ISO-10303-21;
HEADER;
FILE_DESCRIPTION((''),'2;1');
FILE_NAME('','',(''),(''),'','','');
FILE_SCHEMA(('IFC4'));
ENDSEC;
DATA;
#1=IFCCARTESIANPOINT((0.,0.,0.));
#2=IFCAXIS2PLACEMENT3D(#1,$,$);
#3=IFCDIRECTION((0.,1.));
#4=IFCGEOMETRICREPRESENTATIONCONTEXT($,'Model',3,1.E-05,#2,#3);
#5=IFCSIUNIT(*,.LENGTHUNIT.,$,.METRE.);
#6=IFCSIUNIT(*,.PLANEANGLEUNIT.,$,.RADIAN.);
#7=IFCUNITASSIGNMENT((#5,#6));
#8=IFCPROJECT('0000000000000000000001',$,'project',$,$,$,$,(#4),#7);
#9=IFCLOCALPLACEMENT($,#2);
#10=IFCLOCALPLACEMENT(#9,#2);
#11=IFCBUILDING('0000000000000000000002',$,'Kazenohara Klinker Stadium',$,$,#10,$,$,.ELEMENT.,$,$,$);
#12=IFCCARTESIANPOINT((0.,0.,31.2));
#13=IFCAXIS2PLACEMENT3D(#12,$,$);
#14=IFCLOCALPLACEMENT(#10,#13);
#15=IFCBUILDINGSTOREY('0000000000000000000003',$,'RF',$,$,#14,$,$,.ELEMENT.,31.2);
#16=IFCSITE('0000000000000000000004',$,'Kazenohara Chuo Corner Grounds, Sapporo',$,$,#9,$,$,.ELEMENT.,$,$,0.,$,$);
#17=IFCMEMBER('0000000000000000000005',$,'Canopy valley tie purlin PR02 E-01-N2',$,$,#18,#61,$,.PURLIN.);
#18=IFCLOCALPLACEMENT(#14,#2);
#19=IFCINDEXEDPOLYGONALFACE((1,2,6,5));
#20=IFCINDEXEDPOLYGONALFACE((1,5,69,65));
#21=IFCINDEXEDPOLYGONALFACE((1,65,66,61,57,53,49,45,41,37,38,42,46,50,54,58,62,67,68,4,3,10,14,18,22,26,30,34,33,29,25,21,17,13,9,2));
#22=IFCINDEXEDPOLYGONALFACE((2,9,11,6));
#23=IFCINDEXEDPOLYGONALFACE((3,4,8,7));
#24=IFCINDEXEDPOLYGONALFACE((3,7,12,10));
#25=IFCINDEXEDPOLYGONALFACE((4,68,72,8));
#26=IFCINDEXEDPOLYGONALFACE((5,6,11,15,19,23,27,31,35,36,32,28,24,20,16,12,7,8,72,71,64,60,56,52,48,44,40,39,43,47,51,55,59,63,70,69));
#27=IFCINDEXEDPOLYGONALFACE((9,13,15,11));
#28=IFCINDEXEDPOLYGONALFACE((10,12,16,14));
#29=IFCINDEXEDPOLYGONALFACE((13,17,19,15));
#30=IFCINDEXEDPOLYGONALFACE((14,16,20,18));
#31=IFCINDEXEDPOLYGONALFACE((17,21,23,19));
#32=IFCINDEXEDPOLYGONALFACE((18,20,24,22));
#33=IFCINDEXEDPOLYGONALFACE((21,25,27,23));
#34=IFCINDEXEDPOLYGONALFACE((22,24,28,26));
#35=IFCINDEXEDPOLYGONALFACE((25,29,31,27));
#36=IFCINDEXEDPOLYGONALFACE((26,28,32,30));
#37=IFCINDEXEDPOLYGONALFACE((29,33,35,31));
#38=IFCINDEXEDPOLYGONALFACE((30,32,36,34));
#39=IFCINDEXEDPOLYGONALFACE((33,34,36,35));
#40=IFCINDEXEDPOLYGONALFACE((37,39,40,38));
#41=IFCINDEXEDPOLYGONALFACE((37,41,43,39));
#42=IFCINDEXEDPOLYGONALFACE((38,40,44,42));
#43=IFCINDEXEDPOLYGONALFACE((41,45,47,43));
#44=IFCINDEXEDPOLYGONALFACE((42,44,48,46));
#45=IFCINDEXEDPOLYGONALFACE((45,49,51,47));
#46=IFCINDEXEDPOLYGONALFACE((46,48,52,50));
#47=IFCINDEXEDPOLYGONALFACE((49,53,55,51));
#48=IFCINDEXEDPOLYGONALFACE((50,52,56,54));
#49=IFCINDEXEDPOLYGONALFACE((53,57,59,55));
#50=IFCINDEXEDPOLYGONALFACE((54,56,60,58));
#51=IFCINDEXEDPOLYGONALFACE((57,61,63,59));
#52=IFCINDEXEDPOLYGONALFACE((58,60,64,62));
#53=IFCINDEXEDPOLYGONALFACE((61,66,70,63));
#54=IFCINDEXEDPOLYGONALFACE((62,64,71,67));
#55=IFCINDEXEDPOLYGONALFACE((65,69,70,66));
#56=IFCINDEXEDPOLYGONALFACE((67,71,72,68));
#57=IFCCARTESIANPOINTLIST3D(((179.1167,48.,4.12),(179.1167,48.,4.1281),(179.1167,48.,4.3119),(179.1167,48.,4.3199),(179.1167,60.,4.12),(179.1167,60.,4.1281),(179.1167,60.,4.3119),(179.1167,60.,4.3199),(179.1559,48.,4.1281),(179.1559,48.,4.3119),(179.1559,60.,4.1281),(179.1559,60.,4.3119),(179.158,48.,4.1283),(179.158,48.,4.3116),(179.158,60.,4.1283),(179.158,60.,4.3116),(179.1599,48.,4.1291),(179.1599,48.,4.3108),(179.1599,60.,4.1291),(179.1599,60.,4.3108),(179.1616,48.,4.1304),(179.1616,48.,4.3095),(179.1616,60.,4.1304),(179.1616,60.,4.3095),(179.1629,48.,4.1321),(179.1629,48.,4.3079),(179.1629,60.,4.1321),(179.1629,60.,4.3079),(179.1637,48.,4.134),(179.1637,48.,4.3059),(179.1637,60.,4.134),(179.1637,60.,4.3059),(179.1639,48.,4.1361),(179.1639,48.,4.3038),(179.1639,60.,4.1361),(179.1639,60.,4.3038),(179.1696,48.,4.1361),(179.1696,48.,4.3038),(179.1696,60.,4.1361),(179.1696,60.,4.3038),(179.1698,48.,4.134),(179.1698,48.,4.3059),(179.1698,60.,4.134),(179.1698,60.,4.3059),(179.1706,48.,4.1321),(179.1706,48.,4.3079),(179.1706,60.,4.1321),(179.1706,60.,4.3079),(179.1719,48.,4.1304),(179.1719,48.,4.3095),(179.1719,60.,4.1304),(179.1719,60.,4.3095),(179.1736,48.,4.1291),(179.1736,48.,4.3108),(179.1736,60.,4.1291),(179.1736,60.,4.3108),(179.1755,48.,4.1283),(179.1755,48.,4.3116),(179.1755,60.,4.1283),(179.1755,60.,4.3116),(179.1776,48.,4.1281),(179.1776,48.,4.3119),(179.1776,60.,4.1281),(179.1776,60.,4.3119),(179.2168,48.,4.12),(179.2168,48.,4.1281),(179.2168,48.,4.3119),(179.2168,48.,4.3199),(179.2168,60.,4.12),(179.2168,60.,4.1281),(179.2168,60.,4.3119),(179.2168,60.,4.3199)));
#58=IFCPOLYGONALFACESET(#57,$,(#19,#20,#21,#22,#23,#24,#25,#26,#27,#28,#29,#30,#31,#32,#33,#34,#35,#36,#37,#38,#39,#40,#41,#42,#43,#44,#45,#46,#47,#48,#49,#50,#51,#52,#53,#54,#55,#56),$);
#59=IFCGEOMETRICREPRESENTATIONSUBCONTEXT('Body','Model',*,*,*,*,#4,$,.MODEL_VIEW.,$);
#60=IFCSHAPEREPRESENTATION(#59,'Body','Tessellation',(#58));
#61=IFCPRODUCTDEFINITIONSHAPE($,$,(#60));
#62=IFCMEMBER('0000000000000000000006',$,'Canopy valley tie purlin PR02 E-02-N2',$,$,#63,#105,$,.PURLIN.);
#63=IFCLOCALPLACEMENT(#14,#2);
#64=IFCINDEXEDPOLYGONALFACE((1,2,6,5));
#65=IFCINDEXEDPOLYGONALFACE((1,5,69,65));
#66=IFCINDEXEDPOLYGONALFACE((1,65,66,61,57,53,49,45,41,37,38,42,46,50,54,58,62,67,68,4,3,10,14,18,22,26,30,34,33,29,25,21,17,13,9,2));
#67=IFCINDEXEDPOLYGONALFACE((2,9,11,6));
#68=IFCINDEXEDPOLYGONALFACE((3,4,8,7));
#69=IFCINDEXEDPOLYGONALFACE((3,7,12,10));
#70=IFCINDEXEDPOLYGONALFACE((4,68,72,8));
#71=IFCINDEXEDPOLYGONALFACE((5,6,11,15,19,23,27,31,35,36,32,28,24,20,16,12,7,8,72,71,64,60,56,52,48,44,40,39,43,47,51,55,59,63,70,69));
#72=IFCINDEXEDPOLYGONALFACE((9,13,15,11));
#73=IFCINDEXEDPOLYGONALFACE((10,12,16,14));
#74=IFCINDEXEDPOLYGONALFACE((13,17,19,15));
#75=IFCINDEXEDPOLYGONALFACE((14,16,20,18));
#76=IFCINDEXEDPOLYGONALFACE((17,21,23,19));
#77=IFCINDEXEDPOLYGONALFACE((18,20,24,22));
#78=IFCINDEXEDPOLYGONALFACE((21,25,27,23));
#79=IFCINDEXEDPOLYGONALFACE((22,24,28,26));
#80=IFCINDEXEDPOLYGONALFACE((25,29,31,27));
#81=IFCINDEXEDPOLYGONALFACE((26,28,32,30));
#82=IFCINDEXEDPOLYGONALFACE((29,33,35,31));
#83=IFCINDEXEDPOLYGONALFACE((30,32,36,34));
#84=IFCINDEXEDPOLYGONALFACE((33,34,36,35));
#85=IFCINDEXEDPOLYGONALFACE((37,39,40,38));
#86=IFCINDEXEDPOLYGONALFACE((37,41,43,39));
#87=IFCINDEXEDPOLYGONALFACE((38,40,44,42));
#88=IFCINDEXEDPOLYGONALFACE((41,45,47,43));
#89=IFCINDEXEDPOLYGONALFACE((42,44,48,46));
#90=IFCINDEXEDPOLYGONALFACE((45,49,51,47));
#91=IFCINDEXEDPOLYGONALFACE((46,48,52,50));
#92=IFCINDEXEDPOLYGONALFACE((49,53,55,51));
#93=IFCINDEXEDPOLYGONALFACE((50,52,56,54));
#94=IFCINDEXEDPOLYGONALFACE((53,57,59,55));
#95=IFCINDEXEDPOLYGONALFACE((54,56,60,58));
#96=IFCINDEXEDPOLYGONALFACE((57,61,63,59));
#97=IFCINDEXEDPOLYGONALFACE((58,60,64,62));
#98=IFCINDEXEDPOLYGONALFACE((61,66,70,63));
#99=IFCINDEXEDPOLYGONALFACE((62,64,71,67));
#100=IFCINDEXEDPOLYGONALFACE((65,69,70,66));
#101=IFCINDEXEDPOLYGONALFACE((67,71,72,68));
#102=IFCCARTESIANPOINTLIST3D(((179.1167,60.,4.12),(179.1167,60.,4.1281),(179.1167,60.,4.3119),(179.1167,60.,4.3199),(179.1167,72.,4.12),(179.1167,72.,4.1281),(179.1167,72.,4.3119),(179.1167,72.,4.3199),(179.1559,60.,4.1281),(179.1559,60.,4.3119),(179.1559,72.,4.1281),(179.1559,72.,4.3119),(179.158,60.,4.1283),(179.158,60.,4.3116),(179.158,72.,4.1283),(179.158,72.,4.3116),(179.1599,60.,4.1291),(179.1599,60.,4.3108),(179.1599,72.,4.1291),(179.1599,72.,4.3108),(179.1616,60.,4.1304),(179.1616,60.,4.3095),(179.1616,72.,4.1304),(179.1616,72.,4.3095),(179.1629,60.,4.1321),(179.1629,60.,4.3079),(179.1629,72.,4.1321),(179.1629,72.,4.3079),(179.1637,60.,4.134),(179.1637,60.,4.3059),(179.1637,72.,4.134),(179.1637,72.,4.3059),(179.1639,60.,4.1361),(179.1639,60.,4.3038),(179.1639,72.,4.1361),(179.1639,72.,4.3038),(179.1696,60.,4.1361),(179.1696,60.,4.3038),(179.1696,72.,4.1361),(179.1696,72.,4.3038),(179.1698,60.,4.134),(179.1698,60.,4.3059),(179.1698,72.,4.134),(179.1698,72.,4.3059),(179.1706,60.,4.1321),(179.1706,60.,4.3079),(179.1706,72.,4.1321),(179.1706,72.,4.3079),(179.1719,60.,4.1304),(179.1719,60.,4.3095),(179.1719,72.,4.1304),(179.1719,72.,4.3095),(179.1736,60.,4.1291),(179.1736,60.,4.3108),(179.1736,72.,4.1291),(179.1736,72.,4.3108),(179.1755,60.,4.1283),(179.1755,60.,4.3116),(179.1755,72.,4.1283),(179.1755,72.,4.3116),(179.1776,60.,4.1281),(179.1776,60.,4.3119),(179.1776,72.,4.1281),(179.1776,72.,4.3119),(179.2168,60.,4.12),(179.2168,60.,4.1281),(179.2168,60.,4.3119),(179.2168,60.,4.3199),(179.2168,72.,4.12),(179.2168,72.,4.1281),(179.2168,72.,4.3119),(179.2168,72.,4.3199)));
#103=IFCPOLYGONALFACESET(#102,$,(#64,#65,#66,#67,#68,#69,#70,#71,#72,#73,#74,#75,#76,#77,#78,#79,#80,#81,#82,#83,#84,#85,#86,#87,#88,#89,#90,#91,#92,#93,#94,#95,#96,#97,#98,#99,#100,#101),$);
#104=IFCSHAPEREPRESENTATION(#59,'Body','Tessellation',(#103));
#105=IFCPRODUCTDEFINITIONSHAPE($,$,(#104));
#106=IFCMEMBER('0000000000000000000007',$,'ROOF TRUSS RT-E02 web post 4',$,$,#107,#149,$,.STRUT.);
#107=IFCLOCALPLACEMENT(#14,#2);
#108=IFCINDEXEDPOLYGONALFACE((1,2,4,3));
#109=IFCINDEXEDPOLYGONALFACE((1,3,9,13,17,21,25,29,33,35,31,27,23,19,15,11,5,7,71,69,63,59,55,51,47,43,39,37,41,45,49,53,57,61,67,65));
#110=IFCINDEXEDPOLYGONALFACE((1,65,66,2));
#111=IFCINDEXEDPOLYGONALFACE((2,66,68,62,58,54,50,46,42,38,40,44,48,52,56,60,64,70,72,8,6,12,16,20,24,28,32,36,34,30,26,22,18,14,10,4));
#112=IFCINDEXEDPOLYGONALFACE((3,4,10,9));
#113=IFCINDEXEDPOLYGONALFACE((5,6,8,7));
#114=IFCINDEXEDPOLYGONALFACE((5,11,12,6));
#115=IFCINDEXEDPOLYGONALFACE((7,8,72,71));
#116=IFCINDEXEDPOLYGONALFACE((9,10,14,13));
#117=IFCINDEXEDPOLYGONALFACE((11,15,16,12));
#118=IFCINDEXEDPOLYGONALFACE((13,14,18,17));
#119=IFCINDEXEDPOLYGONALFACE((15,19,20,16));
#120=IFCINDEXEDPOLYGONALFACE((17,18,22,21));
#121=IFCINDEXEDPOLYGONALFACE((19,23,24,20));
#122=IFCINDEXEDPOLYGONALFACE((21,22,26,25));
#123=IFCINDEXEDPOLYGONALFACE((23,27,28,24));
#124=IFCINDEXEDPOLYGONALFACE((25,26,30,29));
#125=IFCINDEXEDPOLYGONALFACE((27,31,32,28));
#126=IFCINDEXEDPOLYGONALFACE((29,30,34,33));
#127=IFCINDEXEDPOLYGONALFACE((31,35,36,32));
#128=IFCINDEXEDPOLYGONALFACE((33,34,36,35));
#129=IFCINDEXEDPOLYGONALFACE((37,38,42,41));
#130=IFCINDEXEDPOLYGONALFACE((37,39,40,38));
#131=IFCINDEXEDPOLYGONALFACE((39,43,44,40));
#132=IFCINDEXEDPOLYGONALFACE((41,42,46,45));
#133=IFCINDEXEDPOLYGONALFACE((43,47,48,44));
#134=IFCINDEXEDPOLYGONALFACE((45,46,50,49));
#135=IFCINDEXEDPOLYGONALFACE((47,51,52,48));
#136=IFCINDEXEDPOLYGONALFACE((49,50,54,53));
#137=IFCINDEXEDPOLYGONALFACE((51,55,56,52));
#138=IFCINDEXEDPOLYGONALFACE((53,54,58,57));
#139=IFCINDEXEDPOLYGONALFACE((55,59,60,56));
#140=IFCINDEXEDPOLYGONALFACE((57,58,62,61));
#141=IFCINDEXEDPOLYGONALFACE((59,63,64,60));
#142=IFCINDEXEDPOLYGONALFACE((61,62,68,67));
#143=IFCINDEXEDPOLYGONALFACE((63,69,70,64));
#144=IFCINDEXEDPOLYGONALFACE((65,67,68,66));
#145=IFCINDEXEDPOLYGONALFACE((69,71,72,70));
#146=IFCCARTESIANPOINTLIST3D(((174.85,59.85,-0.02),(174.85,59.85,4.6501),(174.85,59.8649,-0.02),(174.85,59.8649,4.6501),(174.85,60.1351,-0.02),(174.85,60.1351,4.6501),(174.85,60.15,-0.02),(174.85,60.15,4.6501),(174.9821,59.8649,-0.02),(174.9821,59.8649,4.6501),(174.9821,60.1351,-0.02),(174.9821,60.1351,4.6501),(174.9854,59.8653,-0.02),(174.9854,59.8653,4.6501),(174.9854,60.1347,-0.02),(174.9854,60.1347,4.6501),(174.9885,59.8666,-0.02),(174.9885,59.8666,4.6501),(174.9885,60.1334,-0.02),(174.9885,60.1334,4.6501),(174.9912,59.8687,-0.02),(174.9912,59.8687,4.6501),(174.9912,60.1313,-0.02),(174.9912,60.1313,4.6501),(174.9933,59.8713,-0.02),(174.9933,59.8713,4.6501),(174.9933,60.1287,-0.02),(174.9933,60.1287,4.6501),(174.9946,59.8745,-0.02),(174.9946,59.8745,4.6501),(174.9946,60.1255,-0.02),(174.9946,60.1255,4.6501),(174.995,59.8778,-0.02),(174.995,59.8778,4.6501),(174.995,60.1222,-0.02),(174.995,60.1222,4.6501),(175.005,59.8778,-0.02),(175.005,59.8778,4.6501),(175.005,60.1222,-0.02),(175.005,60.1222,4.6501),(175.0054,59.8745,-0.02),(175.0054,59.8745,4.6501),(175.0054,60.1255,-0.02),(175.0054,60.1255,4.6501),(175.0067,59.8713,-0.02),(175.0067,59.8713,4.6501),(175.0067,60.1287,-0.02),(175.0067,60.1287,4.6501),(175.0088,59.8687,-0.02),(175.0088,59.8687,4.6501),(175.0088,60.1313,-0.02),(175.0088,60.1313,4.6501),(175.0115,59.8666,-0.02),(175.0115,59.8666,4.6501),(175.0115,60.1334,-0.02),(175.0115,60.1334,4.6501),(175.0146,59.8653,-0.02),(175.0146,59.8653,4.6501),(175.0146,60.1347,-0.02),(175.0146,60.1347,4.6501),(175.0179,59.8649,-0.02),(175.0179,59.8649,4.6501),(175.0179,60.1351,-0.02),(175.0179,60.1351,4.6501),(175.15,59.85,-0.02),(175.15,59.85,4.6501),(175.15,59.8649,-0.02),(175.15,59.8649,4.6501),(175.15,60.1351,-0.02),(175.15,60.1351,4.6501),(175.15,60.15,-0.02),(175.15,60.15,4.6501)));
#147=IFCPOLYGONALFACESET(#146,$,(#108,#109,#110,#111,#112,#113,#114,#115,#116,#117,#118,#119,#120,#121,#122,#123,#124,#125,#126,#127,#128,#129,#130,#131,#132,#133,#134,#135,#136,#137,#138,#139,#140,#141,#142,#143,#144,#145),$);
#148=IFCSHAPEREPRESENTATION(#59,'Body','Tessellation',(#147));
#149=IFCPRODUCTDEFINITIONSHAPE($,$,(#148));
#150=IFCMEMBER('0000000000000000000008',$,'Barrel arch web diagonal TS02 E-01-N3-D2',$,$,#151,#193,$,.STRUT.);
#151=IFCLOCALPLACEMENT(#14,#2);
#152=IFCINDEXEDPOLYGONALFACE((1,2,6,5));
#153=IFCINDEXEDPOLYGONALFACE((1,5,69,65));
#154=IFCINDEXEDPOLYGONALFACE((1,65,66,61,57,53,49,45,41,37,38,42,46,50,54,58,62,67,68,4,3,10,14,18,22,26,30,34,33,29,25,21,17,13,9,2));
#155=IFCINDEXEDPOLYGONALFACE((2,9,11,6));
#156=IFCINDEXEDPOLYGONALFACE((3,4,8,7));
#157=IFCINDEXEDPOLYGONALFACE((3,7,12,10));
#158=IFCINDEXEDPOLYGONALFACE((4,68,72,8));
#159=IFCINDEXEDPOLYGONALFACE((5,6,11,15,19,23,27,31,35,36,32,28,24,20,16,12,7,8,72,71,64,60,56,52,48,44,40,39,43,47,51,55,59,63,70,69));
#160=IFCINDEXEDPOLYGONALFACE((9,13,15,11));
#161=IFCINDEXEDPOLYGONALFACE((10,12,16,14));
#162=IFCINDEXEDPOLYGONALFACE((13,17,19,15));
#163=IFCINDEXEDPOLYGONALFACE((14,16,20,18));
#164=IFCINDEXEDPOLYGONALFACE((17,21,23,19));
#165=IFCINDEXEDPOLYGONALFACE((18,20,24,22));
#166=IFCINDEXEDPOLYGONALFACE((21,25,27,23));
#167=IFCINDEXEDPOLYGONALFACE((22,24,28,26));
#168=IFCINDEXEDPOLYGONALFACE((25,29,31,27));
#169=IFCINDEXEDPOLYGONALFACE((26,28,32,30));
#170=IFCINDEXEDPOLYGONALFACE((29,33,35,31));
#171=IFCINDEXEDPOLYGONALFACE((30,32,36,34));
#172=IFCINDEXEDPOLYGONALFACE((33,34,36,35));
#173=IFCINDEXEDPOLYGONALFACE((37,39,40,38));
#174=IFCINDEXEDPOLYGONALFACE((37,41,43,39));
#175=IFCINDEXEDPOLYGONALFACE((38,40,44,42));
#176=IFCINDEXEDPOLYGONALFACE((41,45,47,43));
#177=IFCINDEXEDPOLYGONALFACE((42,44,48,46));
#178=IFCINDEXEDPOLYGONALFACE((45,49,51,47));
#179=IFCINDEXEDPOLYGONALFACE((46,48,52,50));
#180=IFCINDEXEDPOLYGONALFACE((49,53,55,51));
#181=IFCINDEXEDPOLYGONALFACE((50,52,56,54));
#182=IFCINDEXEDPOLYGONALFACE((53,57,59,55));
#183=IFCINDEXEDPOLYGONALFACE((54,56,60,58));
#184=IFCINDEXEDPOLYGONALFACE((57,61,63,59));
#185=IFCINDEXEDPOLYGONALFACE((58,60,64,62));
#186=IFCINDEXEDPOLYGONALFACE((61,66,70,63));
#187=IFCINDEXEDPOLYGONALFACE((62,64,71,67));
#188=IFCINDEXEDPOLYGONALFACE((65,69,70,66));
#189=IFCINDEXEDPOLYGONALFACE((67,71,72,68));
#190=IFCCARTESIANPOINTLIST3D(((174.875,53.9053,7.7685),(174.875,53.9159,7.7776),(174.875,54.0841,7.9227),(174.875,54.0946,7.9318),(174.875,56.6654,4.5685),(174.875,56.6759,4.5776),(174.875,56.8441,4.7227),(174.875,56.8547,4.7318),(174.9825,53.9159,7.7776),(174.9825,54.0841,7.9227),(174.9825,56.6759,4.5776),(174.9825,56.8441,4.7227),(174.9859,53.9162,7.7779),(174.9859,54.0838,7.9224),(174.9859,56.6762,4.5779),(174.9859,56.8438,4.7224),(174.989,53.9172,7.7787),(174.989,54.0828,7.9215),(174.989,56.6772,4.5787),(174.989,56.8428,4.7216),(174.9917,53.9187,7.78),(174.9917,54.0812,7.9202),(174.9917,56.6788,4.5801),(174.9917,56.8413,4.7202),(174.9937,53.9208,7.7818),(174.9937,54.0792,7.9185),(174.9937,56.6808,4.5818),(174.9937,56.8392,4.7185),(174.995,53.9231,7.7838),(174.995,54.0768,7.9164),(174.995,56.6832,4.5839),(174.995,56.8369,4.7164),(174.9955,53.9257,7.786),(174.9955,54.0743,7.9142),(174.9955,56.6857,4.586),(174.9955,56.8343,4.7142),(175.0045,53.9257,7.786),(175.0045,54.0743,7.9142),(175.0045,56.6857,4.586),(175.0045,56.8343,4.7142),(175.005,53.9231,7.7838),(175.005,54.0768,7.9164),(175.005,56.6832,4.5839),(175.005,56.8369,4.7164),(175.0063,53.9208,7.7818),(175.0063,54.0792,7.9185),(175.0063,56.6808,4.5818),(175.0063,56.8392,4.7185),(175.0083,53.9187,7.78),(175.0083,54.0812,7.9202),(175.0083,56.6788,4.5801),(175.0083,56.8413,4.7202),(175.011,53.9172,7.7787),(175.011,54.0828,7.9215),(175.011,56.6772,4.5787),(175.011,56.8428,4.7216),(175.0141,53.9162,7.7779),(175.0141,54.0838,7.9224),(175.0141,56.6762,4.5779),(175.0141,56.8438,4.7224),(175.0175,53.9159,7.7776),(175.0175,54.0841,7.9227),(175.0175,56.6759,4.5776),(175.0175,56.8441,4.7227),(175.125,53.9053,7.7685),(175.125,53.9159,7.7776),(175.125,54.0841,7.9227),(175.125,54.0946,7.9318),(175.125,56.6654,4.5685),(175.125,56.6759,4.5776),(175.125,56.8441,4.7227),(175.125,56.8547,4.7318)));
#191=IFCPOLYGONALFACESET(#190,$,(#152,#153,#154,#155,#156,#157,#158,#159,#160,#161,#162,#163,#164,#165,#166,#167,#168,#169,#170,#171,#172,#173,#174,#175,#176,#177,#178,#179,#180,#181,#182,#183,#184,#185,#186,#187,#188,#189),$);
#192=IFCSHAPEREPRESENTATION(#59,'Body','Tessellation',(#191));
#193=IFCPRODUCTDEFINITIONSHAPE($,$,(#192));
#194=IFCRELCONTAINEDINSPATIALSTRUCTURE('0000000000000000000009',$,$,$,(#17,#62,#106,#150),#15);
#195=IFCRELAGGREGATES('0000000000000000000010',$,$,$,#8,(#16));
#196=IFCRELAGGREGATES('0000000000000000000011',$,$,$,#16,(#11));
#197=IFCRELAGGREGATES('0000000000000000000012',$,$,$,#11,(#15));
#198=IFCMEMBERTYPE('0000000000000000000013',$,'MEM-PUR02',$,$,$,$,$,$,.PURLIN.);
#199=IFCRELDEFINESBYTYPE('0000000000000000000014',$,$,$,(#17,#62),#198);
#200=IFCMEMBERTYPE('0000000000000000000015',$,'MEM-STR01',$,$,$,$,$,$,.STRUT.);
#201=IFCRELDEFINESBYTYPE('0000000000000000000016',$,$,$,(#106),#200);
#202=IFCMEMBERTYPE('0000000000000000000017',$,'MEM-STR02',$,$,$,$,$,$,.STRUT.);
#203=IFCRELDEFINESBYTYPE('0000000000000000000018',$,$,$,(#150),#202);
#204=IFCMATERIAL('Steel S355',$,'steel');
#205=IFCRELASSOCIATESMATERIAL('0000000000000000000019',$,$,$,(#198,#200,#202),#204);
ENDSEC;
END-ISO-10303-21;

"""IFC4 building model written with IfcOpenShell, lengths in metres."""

from ifc_helpers import new_model, si_unit, direction, frame, origin, origin_2d, place, context, subcontext, project, spatial, i_section, extrude, material, material_profile, profile_set, type_object, element, save


model = new_model("IFC4")

# Units and contexts
model_context = context("Model", 3, precision=1e-05, world=origin(), true_north=direction((0.0, 1.0)))
body_context = subcontext(model_context, "Body", "Model", "MODEL_VIEW")
ifc_project = project(units=[si_unit("LENGTHUNIT", "METRE"), si_unit("PLANEANGLEUNIT", "RADIAN")], contexts=[model_context])

# Site, building, storey
site_placement = place(None, origin())
site = spatial("IfcSite", under=ifc_project, at=site_placement, Name="Kazenohara Chuo Corner Grounds, Sapporo", CompositionType="ELEMENT", RefElevation=0.0)
building_placement = place(site_placement, origin())
building = spatial("IfcBuilding", under=site, at=building_placement, Name="Kazenohara Klinker Stadium", CompositionType="ELEMENT")
storey_placement = place(building_placement, frame((0.0, 0.0, 31.2)))
storey = spatial("IfcBuildingStorey", under=building, at=storey_placement, Name="RF", CompositionType="ELEMENT", Elevation=31.2)

# Members
ifc_material_1 = material(Name="Steel S355", Category="steel")
ifc_material_profile_1 = material_profile(ifc_material_1, i_section(OverallWidth=0.1001, OverallDepth=0.2, WebThickness=0.0056, FlangeThickness=0.0081, FilletRadius=0.0081, at=origin_2d()), Name="H-200x100x5.5x8")
ifc_profile_set_1 = profile_set([ifc_material_profile_1], Name="Steel S355")
member_type_1 = type_object("IfcMemberType", Name="MEM-PUR02", PredefinedType="PURLIN", material=ifc_profile_set_1)
for number, where, z_axis, x_axis, name in (
    (1, (179.1667, 48.0, 4.22), (0.0, 1.0, 0.0), (-1.0, 0.0, 0.0), "Canopy valley tie purlin PR02 E-01-N2"),
    (2, (179.1667, 60.0, 4.22), (0.0, 1.0, 0.0), (-1.0, 0.0, 0.0), "Canopy valley tie purlin PR02 E-02-N2"),
):
    element("IfcMember", number, at=place(storey_placement, frame(where, z_axis=z_axis, x_axis=x_axis)), inside=storey, type_object=member_type_1, Name=name, PredefinedType="PURLIN", context=body_context, shape_type="SweptSolid", body=[
        extrude(i_section(OverallWidth=0.1001, OverallDepth=0.2, WebThickness=0.0056, FlangeThickness=0.0081, FilletRadius=0.0081, at=origin_2d()), origin(), (0.0, 0.0, 1.0), 12.0),
    ])
ifc_material_profile_2 = material_profile(ifc_material_1, i_section(OverallWidth=0.3, OverallDepth=0.3, WebThickness=0.01, FlangeThickness=0.0149, FilletRadius=0.0129, at=origin_2d()), Name="H-300x300x10x15")
ifc_profile_set_2 = profile_set([ifc_material_profile_2], Name="Steel S355")
member_type_2 = type_object("IfcMemberType", Name="MEM-STR01", PredefinedType="STRUT", material=ifc_profile_set_2)
member_1_placement = place(storey_placement, frame((175.0, 60.0, -0.02), z_axis=(0.0, 0.0, 1.0), x_axis=(1.0, 0.0, 0.0)))
element("IfcMember", 3, at=member_1_placement, inside=storey, type_object=member_type_2, Name="ROOF TRUSS RT-E02 web post 4", PredefinedType="STRUT", context=body_context, shape_type="SweptSolid", body=[
    extrude(i_section(OverallWidth=0.3, OverallDepth=0.3, WebThickness=0.01, FlangeThickness=0.0149, FilletRadius=0.0129, at=origin_2d()), origin(), (0.0, 0.0, 1.0), 4.6702),
])
ifc_material_profile_3 = material_profile(ifc_material_1, i_section(OverallWidth=0.25, OverallDepth=0.25, WebThickness=0.009, FlangeThickness=0.0139, FilletRadius=0.0129, at=origin_2d()), Name="H-250x250x9x14")
ifc_profile_set_3 = profile_set([ifc_material_profile_3], Name="Steel S355")
member_type_3 = type_object("IfcMemberType", Name="MEM-STR02", PredefinedType="STRUT", material=ifc_profile_set_3)
member_2_placement = place(storey_placement, frame((175.0, 56.76, 4.6501), z_axis=(0.0, -0.653134, 0.757242), x_axis=(1.0, 0.0, 0.0)))
element("IfcMember", 4, at=member_2_placement, inside=storey, type_object=member_type_3, Name="Barrel arch web diagonal TS02 E-01-N3-D2", PredefinedType="STRUT", context=body_context, shape_type="SweptSolid", body=[
    extrude(i_section(OverallWidth=0.25, OverallDepth=0.25, WebThickness=0.009, FlangeThickness=0.0139, FilletRadius=0.0129, at=origin_2d()), origin(), (0.0, 0.0, 1.0), 4.2258),
])

save(model, "model.ifc")
